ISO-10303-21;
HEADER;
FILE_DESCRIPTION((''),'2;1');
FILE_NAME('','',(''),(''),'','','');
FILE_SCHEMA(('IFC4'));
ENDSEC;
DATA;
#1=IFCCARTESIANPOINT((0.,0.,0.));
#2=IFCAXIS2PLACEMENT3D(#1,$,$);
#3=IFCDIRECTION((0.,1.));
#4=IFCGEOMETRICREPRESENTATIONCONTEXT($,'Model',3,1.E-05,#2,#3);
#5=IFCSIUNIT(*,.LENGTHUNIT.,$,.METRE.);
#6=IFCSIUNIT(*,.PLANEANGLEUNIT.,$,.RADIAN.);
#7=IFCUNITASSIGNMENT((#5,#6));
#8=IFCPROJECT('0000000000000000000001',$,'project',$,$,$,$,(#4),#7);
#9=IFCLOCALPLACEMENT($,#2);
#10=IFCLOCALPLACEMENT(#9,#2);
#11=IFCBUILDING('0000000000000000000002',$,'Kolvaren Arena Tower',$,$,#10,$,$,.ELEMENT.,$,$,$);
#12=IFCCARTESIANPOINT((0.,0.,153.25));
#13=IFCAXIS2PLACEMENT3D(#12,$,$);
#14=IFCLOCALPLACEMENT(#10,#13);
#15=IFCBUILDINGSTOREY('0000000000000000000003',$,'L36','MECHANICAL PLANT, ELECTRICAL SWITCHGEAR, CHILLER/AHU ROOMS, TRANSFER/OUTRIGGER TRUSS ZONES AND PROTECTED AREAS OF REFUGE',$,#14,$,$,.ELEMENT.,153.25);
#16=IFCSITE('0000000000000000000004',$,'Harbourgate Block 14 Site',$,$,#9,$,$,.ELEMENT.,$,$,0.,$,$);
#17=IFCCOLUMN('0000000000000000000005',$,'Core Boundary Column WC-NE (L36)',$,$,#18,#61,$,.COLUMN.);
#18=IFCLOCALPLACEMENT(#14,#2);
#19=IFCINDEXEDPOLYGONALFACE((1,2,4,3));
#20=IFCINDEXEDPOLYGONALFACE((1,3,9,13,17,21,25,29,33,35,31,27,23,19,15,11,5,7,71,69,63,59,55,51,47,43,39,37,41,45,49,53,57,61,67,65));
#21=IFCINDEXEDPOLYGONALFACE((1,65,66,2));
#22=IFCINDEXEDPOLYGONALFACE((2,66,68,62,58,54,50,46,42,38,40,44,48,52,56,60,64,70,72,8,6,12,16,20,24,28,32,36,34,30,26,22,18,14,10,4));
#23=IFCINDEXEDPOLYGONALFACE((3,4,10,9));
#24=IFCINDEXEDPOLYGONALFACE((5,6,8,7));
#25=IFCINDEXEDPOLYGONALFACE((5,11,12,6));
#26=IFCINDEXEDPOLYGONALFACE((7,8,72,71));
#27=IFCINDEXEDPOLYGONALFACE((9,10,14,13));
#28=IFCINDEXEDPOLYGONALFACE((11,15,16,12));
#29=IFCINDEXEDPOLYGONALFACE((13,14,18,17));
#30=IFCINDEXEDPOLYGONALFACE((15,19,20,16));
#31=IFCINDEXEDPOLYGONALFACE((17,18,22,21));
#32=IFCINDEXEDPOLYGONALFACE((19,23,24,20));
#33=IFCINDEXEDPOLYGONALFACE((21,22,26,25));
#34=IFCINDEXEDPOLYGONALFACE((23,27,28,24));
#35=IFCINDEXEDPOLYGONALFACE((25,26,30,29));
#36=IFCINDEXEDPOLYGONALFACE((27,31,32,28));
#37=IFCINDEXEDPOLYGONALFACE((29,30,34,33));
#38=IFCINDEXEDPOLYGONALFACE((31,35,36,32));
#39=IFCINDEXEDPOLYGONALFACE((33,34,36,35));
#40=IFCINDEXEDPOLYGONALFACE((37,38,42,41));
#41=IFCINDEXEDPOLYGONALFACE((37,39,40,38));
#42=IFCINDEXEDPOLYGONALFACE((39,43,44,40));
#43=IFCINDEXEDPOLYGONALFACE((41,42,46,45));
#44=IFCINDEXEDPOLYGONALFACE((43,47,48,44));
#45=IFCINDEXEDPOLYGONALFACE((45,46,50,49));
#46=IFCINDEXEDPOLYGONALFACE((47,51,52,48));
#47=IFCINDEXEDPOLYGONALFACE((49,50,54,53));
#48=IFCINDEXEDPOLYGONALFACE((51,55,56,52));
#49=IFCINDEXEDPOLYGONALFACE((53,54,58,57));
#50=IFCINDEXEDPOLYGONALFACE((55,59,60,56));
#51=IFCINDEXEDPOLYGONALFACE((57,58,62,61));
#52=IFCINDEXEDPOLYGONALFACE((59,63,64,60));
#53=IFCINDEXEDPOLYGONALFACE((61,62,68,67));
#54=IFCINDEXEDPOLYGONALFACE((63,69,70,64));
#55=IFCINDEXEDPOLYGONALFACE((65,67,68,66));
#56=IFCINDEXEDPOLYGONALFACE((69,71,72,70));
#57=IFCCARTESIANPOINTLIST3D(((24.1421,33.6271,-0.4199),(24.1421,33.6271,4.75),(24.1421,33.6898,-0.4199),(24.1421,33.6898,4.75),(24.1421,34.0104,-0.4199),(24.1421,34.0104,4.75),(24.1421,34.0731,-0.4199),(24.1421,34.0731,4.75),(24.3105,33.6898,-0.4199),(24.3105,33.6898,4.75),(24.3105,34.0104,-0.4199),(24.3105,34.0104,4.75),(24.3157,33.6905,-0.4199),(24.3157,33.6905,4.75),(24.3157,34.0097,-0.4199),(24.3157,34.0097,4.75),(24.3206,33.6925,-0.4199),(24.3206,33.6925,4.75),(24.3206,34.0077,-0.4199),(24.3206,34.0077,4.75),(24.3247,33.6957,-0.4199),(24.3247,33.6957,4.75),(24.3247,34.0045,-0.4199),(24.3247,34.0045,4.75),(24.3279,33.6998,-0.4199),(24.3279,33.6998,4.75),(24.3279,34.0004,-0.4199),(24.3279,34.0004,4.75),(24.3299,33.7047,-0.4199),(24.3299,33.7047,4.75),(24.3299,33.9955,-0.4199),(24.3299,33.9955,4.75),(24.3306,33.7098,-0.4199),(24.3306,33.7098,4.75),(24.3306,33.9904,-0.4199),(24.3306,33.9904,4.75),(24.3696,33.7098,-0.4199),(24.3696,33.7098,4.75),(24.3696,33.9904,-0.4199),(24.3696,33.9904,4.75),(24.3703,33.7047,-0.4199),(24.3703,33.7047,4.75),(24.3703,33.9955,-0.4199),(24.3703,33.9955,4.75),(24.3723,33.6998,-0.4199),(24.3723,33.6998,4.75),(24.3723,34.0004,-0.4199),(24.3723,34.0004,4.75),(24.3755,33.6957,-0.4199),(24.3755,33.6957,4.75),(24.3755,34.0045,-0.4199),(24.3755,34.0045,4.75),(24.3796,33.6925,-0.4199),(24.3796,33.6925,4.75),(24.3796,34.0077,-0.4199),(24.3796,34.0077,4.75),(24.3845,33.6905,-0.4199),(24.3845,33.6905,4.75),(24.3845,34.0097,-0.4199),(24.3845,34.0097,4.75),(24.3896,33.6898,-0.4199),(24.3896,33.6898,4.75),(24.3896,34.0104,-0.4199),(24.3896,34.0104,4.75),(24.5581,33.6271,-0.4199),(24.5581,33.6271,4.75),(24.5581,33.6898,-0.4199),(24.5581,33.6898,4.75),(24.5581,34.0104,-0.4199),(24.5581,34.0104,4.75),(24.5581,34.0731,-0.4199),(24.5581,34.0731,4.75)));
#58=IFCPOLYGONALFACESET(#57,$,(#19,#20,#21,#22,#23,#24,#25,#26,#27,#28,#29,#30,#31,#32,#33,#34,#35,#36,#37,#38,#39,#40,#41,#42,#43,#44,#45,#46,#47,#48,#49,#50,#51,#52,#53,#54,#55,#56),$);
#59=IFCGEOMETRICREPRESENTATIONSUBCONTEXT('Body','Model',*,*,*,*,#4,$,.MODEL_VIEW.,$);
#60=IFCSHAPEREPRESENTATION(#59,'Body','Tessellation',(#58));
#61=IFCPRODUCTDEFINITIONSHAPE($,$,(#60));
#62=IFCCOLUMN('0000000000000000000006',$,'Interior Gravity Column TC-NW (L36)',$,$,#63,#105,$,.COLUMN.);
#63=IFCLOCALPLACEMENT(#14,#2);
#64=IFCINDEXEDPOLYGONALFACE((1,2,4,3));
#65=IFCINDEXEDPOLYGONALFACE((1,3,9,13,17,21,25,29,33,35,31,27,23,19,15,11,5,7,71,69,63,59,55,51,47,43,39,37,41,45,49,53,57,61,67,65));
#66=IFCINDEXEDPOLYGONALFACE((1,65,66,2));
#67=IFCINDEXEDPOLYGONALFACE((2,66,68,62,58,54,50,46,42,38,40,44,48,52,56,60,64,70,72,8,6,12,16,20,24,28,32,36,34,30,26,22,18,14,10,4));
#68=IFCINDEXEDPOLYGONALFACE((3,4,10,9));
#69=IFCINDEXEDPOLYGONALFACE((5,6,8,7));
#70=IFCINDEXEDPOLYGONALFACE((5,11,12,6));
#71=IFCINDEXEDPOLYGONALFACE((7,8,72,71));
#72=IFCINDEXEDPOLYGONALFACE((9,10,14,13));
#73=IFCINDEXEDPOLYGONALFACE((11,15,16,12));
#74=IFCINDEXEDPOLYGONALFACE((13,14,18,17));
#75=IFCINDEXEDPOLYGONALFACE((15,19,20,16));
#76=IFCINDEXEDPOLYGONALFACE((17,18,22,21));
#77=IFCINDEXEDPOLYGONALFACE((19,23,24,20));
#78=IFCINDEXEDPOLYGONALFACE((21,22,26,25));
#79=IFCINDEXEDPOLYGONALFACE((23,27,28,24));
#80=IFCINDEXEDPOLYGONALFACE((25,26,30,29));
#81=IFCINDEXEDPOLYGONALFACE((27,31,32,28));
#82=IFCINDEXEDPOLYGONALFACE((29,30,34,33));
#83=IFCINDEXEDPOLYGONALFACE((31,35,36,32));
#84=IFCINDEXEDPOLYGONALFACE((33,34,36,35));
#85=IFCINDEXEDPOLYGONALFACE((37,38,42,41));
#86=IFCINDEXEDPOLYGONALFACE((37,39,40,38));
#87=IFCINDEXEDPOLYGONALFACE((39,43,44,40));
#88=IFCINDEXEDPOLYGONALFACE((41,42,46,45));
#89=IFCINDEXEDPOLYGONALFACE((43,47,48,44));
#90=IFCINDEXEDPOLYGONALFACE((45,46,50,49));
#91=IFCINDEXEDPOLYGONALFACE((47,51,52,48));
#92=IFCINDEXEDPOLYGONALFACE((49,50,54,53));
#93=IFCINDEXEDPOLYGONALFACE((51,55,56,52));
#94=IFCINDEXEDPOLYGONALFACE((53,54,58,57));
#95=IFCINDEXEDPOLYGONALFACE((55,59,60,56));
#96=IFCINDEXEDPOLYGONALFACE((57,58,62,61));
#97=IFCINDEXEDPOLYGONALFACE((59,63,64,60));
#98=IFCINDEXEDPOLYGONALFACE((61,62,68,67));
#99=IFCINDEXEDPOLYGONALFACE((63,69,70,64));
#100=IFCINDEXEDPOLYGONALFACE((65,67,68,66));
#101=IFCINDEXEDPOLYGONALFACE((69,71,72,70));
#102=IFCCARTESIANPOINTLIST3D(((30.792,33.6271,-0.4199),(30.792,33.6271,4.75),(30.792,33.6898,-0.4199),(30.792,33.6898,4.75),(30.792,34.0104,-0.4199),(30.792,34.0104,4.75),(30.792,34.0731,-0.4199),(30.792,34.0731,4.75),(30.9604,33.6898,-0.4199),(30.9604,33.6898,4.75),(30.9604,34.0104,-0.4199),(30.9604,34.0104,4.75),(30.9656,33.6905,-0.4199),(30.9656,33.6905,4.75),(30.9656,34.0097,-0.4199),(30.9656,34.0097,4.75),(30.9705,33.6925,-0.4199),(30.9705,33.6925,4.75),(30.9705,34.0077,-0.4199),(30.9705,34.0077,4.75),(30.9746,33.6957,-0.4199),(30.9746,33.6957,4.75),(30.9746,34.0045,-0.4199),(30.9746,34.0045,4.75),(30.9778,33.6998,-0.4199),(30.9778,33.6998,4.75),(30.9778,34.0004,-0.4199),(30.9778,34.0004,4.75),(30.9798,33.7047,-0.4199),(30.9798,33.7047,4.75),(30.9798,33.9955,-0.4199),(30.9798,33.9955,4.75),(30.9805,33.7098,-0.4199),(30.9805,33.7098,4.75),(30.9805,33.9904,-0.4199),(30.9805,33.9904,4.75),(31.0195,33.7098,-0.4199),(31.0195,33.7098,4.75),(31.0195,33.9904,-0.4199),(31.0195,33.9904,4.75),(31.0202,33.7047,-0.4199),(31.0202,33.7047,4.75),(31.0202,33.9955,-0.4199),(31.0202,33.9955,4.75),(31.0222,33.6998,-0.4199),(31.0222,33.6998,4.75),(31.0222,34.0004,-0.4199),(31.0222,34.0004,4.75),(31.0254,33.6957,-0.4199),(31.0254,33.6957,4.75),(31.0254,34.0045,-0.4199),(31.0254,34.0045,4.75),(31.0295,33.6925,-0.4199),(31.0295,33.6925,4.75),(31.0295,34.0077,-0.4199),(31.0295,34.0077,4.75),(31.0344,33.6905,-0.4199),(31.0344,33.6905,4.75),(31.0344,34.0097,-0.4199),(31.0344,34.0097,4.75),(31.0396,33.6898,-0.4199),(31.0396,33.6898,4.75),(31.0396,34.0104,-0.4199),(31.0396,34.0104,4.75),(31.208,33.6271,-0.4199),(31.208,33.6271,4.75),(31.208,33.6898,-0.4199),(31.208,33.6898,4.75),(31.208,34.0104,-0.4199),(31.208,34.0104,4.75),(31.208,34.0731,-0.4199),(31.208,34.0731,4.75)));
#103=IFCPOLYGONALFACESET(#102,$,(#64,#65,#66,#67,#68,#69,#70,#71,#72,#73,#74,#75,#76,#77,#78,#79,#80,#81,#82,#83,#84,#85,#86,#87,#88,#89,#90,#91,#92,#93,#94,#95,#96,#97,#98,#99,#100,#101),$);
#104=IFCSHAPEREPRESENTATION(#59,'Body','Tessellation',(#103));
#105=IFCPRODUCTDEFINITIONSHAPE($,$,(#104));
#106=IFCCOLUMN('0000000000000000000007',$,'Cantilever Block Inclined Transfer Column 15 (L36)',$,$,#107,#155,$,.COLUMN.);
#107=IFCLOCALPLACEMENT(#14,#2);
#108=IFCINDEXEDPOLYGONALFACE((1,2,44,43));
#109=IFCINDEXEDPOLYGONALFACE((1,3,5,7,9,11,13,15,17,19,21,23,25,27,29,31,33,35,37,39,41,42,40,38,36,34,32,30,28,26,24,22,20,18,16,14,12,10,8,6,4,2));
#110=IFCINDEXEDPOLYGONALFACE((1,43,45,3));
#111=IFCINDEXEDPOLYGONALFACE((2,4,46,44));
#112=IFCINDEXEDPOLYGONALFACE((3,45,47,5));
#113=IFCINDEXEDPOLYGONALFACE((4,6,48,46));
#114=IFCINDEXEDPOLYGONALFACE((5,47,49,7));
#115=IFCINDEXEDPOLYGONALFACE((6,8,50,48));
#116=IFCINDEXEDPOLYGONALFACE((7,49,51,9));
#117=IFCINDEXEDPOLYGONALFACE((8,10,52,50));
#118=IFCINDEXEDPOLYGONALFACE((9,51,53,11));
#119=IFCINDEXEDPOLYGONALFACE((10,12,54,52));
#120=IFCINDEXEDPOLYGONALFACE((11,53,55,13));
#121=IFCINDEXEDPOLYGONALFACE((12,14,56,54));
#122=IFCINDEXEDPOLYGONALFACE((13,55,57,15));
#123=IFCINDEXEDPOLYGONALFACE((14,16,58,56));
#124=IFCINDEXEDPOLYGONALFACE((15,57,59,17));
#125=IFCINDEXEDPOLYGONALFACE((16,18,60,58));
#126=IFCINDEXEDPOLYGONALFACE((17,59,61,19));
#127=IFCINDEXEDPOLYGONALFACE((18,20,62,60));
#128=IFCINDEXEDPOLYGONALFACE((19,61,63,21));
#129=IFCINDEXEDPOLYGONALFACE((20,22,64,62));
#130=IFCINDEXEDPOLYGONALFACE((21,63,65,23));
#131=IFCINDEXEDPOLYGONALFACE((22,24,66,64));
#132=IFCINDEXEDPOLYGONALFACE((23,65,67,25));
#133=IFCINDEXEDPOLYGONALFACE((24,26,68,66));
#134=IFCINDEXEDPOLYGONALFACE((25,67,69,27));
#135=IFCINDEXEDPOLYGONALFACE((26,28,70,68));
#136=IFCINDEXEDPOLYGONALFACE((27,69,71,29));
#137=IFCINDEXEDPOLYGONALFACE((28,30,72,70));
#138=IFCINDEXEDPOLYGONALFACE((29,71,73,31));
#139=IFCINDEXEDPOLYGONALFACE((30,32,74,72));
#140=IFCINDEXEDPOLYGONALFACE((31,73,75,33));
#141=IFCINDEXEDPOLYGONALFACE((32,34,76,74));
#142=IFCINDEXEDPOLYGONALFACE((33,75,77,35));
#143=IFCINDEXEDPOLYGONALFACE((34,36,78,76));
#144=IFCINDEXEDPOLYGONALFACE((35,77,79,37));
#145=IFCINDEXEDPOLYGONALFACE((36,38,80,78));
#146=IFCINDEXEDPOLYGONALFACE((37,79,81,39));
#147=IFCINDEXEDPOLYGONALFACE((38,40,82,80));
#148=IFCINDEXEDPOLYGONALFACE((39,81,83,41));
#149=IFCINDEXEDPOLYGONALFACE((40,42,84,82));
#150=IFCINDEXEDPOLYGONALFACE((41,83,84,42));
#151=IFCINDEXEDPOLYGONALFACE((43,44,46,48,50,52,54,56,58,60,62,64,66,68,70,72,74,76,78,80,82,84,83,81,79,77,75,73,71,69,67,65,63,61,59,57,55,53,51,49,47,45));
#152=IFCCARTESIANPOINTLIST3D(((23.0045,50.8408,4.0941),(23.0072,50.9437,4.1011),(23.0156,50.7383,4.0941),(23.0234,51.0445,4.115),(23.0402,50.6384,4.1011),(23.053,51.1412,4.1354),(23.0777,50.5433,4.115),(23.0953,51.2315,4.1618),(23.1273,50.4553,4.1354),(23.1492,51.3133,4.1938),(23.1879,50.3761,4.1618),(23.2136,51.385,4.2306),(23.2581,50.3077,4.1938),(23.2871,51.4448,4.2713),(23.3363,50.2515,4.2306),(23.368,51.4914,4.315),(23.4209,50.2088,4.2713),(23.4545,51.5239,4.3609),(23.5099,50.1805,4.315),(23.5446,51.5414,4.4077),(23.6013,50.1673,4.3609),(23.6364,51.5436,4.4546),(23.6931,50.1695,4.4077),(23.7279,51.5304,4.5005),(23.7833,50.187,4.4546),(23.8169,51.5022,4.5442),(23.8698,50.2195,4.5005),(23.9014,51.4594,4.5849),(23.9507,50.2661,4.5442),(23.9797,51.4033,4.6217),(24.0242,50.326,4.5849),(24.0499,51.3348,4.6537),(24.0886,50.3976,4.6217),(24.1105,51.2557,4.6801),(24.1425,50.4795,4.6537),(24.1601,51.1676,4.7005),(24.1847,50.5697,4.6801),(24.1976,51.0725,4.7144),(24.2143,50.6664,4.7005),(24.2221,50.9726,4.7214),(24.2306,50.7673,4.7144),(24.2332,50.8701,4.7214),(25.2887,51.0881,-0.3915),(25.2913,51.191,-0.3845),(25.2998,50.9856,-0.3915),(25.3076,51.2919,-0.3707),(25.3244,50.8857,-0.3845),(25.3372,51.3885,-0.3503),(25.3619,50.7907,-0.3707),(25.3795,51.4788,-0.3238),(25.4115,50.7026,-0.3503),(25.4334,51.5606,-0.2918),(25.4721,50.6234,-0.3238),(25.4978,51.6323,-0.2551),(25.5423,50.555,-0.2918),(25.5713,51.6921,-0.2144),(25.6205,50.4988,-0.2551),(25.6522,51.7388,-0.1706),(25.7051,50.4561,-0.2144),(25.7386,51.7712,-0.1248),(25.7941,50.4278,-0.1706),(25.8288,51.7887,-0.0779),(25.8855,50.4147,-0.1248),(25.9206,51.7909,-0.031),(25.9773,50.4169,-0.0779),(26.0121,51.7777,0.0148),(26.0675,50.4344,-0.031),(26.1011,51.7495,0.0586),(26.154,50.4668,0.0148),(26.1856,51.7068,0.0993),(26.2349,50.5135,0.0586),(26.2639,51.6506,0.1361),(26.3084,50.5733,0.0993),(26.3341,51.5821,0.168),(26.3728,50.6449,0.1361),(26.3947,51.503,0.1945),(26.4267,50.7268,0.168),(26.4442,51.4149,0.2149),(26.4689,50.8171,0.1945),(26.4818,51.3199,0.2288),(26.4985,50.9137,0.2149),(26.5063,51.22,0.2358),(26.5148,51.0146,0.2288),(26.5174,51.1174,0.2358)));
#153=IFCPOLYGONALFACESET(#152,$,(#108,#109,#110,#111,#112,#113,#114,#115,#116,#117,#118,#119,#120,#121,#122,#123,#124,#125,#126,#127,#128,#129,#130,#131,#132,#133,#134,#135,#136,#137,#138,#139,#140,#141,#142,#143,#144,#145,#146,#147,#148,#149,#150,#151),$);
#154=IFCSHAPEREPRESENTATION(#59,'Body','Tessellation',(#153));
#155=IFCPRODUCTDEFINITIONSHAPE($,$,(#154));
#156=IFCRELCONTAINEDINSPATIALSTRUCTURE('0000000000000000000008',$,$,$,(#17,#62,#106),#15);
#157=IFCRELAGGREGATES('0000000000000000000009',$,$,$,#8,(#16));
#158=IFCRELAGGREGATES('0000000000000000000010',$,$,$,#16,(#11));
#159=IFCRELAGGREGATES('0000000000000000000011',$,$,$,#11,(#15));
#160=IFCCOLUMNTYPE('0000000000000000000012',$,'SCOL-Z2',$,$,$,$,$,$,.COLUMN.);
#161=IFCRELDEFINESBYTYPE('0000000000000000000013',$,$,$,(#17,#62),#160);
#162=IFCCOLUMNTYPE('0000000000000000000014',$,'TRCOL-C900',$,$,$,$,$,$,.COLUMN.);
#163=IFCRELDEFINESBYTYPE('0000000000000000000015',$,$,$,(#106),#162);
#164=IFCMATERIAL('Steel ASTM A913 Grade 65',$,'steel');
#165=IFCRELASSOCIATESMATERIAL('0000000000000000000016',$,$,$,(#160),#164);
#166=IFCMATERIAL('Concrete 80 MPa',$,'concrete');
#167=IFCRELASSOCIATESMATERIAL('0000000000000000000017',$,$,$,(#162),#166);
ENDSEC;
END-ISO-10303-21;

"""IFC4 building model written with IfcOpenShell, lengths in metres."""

from ifc_helpers import new_model, si_unit, direction, frame, origin, origin_2d, place, context, subcontext, project, spatial, circle, i_section, extrude, material, material_profile, profile_set, type_object, element, save


model = new_model("IFC4")

# Units and contexts
model_context = context("Model", 3, precision=1e-05, world=origin(), true_north=direction((0.0, 1.0)))
body_context = subcontext(model_context, "Body", "Model", "MODEL_VIEW")
ifc_project = project(units=[si_unit("LENGTHUNIT", "METRE"), si_unit("PLANEANGLEUNIT", "RADIAN")], contexts=[model_context])

# Site, building, storey
site_placement = place(None, origin())
site = spatial("IfcSite", under=ifc_project, at=site_placement, Name="Harbourgate Block 14 Site", CompositionType="ELEMENT", RefElevation=0.0)
building_placement = place(site_placement, origin())
building = spatial("IfcBuilding", under=site, at=building_placement, Name="Kolvaren Arena Tower", CompositionType="ELEMENT")
storey_placement = place(building_placement, frame((0.0, 0.0, 153.25)))
storey = spatial("IfcBuildingStorey", under=building, at=storey_placement, Name="L36", Description="MECHANICAL PLANT, ELECTRICAL SWITCHGEAR, CHILLER/AHU ROOMS, TRANSFER/OUTRIGGER TRUSS ZONES AND PROTECTED AREAS OF REFUGE", CompositionType="ELEMENT", Elevation=153.25)

# Columns
ifc_material_1 = material(Name="Steel ASTM A913 Grade 65", Category="steel")
ifc_material_profile_1 = material_profile(ifc_material_1, i_section(OverallWidth=0.416, OverallDepth=0.446, WebThickness=0.0391, FlangeThickness=0.0627, FilletRadius=0.02, at=origin_2d()), Name="W360x509")
ifc_profile_set_1 = profile_set([ifc_material_profile_1], Name="Steel ASTM A913 Grade 65")
column_type_1 = type_object("IfcColumnType", Name="SCOL-Z2", PredefinedType="COLUMN", material=ifc_profile_set_1)
for number, where, z_axis, x_axis, name in (
    (1, (24.3501, 33.8501, -0.4199), (0.0, 0.0, 1.0), (1.0, 0.0, 0.0), "Core Boundary Column WC-NE (L36)"),
    (2, (31.0, 33.8501, -0.4199), (0.0, 0.0, 1.0), (1.0, 0.0, 0.0), "Interior Gravity Column TC-NW (L36)"),
):
    element("IfcColumn", number, at=place(storey_placement, frame(where, z_axis=z_axis, x_axis=x_axis)), inside=storey, type_object=column_type_1, Name=name, PredefinedType="COLUMN", context=body_context, shape_type="SweptSolid", body=[
        extrude(i_section(OverallWidth=0.416, OverallDepth=0.446, WebThickness=0.0391, FlangeThickness=0.0627, FilletRadius=0.02, at=origin_2d()), origin(), (0.0, 0.0, 1.0), 5.1699),
    ])
ifc_material_2 = material(Name="Concrete 80 MPa", Category="concrete")
ifc_material_profile_2 = material_profile(ifc_material_2, circle(Radius=0.6899, at=origin_2d()), Name="RC-CIRC-1380")
ifc_profile_set_2 = profile_set([ifc_material_profile_2], Name="Concrete 80 MPa")
column_type_2 = type_object("IfcColumnType", Name="TRCOL-C900", PredefinedType="COLUMN", material=ifc_profile_set_2)
column_1_placement = place(storey_placement, frame((25.9031, 51.1028, -0.0779), z_axis=(-0.453232, -0.049073, 0.890041), x_axis=(0.107644, -0.99419, 0.0)))
element("IfcColumn", 3, at=column_1_placement, inside=storey, type_object=column_type_2, Name="Cantilever Block Inclined Transfer Column 15 (L36)", PredefinedType="COLUMN", context=body_context, shape_type="SweptSolid", body=[
    extrude(circle(Radius=0.6899, at=origin_2d()), origin(), (0.0, 0.0, 1.0), 5.0398),
])

save(model, "model.ifc")
